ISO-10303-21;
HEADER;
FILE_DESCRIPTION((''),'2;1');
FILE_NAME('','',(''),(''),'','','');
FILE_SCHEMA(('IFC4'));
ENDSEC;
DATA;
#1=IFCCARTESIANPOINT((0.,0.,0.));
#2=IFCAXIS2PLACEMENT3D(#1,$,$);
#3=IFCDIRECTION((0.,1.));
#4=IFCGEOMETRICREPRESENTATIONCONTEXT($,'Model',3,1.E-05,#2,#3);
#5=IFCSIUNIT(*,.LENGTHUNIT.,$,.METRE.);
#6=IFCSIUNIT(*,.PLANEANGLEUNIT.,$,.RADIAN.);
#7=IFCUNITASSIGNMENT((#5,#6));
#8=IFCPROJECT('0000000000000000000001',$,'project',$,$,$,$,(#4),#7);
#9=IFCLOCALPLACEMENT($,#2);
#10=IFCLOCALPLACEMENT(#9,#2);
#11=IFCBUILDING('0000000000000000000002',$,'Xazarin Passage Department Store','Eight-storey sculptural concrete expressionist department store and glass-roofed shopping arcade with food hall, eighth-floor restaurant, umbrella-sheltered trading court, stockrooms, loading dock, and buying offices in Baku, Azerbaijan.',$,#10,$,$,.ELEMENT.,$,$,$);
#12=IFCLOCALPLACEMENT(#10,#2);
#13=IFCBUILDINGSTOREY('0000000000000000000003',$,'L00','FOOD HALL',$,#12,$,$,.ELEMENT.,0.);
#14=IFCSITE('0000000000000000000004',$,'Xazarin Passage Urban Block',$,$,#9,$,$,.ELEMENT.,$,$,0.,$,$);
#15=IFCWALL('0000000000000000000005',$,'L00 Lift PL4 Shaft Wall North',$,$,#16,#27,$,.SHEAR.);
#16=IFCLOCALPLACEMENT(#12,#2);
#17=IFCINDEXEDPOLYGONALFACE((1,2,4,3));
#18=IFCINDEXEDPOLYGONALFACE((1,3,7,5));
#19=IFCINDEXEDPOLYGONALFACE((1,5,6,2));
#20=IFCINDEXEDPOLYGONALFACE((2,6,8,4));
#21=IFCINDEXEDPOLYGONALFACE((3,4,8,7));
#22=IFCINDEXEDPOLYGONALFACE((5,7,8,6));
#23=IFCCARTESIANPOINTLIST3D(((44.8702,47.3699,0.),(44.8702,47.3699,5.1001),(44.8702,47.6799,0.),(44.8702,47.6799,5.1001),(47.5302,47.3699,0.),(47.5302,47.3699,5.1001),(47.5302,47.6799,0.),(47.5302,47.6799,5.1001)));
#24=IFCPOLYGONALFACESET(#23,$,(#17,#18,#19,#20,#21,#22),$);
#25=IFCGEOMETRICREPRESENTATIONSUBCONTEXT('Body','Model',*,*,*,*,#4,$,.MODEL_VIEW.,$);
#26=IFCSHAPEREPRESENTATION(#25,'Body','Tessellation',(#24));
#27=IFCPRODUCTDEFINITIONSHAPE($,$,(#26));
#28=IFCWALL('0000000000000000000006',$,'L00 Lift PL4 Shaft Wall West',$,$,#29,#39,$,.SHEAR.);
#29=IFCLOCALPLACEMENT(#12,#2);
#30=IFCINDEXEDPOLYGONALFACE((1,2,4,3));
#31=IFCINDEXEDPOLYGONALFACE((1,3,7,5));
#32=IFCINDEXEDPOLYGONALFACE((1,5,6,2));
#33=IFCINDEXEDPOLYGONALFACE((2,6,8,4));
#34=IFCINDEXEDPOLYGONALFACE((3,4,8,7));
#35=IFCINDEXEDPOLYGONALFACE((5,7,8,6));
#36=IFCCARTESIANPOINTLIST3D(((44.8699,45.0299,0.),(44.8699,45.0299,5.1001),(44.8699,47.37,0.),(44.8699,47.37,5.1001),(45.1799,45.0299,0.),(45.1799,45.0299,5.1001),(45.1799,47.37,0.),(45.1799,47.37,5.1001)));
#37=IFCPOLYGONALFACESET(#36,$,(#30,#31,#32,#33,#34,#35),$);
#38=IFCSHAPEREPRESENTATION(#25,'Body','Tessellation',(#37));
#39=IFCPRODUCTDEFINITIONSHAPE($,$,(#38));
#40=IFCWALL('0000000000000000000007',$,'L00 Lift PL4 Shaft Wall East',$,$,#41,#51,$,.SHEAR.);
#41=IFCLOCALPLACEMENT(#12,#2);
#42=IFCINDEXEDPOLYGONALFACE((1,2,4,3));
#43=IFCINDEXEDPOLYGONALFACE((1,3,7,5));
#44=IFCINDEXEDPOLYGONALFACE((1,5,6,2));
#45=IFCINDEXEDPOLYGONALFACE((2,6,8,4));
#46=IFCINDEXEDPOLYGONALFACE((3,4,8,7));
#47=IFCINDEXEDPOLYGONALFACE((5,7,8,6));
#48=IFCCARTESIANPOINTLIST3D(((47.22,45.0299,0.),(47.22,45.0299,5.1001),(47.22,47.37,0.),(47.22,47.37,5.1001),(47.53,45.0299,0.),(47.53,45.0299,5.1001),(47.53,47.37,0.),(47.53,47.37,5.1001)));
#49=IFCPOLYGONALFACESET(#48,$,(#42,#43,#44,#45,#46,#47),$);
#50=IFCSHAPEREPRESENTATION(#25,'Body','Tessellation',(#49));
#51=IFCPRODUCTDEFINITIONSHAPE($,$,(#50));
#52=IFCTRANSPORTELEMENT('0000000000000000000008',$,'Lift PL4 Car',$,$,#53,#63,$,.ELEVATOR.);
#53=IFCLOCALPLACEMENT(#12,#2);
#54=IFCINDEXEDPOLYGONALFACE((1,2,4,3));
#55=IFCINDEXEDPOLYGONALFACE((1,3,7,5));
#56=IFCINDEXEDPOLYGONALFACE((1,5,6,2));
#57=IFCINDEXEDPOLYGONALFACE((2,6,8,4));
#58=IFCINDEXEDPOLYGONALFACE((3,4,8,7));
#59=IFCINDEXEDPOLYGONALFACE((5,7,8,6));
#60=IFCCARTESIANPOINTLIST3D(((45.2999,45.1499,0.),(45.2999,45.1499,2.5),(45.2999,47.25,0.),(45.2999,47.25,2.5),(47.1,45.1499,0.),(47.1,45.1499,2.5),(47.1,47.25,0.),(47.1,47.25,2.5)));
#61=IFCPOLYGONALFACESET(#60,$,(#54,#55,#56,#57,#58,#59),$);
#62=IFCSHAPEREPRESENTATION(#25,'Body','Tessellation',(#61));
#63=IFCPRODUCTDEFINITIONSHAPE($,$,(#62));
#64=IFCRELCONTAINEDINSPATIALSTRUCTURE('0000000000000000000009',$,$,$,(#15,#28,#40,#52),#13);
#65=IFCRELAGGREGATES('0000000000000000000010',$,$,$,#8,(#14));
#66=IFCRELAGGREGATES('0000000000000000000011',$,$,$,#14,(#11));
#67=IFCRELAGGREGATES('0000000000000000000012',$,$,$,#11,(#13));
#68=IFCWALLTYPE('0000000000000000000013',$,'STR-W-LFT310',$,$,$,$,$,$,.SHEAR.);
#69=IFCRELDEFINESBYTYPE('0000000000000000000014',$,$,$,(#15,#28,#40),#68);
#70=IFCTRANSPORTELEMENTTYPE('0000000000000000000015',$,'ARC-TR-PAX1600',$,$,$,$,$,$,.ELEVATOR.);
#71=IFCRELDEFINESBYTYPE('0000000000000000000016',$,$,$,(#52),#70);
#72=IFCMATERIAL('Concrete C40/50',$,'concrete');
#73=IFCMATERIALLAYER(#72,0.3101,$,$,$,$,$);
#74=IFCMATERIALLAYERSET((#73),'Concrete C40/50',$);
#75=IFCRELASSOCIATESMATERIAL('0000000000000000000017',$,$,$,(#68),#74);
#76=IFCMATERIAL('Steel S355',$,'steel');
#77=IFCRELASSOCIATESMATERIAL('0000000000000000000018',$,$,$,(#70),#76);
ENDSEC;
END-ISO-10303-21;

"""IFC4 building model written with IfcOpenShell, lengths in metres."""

from ifc_helpers import new_model, si_unit, direction, frame, frame_2d, origin, origin_2d, place, context, subcontext, project, spatial, rectangle, extrude, material, layer, layer_set, type_object, element, save


model = new_model("IFC4")

# Units and contexts
model_context = context("Model", 3, precision=1e-05, world=origin(), true_north=direction((0.0, 1.0)))
body_context = subcontext(model_context, "Body", "Model", "MODEL_VIEW")
ifc_project = project(units=[si_unit("LENGTHUNIT", "METRE"), si_unit("PLANEANGLEUNIT", "RADIAN")], contexts=[model_context])

# Site, building, storey
site_placement = place(None, origin())
site = spatial("IfcSite", under=ifc_project, at=site_placement, Name="Xazarin Passage Urban Block", CompositionType="ELEMENT", RefElevation=0.0)
building_placement = place(site_placement, origin())
building = spatial("IfcBuilding", under=site, at=building_placement, Name="Xazarin Passage Department Store", Description="Eight-storey sculptural concrete expressionist department store and glass-roofed shopping arcade with food hall, eighth-floor restaurant, umbrella-sheltered trading court, stockrooms, loading dock, and buying offices in Baku, Azerbaijan.", CompositionType="ELEMENT")
storey_placement = place(building_placement, origin())
storey = spatial("IfcBuildingStorey", under=building, at=storey_placement, Name="L00", Description="FOOD HALL", CompositionType="ELEMENT", Elevation=0.0)

# Shared definitions
ifc_material_1 = material(Name="Concrete C40/50", Category="concrete")

# Shared definitions
ifc_layer_1 = layer(ifc_material_1, 0.3101)
ifc_layer_set_1 = layer_set([ifc_layer_1], Name="Concrete C40/50")
wall_type_1 = type_object("IfcWallType", Name="STR-W-LFT310", PredefinedType="SHEAR", material=ifc_layer_set_1)
ifc_material_2 = material(Name="Steel S355", Category="steel")

# Walls
wall_1_placement = place(storey_placement, frame((44.8701, 47.5249, 0.0), z_axis=(0.0, 0.0, 1.0), x_axis=(1.0, 0.0, 0.0)))
element("IfcWall", 1, at=wall_1_placement, inside=storey, type_object=wall_type_1, Name="L00 Lift PL4 Shaft Wall North", PredefinedType="SHEAR", context=body_context, shape_type="SweptSolid", body=[
    extrude(rectangle(XDim=2.6599, YDim=0.3101, at=frame_2d((1.3301, 0.0))), origin(), (0.0, 0.0, 1.0), 5.1001),
])
for number, where, z_axis, x_axis, name in (
    (2, (45.0249, 45.03, 0.0), (0.0, 0.0, 1.0), (0.0, 1.0, 0.0), "L00 Lift PL4 Shaft Wall West"),
    (3, (47.375, 45.03, 0.0), (0.0, 0.0, 1.0), (0.0, 1.0, 0.0), "L00 Lift PL4 Shaft Wall East"),
):
    element("IfcWall", number, at=place(storey_placement, frame(where, z_axis=z_axis, x_axis=x_axis)), inside=storey, type_object=wall_type_1, Name=name, PredefinedType="SHEAR", context=body_context, shape_type="SweptSolid", body=[
        extrude(rectangle(XDim=2.3401, YDim=0.3101, at=frame_2d((1.1699, 0.0))), origin(), (0.0, 0.0, 1.0), 5.1001),
    ])

# Transport element
transport_element_type = type_object("IfcTransportElementType", Name="ARC-TR-PAX1600", PredefinedType="ELEVATOR", material=ifc_material_2)
transport_element_placement = place(storey_placement, frame((46.2, 46.2, 0.0), z_axis=(0.0, 0.0, 1.0), x_axis=(1.0, 0.0, 0.0)))
element("IfcTransportElement", 4, at=transport_element_placement, inside=storey, type_object=transport_element_type, Name="Lift PL4 Car", PredefinedType="ELEVATOR", context=body_context, shape_type="SweptSolid", body=[
    extrude(rectangle(XDim=1.8, YDim=2.1001, at=origin_2d()), origin(), (0.0, 0.0, 1.0), 2.5),
])

save(model, "model.ifc")
